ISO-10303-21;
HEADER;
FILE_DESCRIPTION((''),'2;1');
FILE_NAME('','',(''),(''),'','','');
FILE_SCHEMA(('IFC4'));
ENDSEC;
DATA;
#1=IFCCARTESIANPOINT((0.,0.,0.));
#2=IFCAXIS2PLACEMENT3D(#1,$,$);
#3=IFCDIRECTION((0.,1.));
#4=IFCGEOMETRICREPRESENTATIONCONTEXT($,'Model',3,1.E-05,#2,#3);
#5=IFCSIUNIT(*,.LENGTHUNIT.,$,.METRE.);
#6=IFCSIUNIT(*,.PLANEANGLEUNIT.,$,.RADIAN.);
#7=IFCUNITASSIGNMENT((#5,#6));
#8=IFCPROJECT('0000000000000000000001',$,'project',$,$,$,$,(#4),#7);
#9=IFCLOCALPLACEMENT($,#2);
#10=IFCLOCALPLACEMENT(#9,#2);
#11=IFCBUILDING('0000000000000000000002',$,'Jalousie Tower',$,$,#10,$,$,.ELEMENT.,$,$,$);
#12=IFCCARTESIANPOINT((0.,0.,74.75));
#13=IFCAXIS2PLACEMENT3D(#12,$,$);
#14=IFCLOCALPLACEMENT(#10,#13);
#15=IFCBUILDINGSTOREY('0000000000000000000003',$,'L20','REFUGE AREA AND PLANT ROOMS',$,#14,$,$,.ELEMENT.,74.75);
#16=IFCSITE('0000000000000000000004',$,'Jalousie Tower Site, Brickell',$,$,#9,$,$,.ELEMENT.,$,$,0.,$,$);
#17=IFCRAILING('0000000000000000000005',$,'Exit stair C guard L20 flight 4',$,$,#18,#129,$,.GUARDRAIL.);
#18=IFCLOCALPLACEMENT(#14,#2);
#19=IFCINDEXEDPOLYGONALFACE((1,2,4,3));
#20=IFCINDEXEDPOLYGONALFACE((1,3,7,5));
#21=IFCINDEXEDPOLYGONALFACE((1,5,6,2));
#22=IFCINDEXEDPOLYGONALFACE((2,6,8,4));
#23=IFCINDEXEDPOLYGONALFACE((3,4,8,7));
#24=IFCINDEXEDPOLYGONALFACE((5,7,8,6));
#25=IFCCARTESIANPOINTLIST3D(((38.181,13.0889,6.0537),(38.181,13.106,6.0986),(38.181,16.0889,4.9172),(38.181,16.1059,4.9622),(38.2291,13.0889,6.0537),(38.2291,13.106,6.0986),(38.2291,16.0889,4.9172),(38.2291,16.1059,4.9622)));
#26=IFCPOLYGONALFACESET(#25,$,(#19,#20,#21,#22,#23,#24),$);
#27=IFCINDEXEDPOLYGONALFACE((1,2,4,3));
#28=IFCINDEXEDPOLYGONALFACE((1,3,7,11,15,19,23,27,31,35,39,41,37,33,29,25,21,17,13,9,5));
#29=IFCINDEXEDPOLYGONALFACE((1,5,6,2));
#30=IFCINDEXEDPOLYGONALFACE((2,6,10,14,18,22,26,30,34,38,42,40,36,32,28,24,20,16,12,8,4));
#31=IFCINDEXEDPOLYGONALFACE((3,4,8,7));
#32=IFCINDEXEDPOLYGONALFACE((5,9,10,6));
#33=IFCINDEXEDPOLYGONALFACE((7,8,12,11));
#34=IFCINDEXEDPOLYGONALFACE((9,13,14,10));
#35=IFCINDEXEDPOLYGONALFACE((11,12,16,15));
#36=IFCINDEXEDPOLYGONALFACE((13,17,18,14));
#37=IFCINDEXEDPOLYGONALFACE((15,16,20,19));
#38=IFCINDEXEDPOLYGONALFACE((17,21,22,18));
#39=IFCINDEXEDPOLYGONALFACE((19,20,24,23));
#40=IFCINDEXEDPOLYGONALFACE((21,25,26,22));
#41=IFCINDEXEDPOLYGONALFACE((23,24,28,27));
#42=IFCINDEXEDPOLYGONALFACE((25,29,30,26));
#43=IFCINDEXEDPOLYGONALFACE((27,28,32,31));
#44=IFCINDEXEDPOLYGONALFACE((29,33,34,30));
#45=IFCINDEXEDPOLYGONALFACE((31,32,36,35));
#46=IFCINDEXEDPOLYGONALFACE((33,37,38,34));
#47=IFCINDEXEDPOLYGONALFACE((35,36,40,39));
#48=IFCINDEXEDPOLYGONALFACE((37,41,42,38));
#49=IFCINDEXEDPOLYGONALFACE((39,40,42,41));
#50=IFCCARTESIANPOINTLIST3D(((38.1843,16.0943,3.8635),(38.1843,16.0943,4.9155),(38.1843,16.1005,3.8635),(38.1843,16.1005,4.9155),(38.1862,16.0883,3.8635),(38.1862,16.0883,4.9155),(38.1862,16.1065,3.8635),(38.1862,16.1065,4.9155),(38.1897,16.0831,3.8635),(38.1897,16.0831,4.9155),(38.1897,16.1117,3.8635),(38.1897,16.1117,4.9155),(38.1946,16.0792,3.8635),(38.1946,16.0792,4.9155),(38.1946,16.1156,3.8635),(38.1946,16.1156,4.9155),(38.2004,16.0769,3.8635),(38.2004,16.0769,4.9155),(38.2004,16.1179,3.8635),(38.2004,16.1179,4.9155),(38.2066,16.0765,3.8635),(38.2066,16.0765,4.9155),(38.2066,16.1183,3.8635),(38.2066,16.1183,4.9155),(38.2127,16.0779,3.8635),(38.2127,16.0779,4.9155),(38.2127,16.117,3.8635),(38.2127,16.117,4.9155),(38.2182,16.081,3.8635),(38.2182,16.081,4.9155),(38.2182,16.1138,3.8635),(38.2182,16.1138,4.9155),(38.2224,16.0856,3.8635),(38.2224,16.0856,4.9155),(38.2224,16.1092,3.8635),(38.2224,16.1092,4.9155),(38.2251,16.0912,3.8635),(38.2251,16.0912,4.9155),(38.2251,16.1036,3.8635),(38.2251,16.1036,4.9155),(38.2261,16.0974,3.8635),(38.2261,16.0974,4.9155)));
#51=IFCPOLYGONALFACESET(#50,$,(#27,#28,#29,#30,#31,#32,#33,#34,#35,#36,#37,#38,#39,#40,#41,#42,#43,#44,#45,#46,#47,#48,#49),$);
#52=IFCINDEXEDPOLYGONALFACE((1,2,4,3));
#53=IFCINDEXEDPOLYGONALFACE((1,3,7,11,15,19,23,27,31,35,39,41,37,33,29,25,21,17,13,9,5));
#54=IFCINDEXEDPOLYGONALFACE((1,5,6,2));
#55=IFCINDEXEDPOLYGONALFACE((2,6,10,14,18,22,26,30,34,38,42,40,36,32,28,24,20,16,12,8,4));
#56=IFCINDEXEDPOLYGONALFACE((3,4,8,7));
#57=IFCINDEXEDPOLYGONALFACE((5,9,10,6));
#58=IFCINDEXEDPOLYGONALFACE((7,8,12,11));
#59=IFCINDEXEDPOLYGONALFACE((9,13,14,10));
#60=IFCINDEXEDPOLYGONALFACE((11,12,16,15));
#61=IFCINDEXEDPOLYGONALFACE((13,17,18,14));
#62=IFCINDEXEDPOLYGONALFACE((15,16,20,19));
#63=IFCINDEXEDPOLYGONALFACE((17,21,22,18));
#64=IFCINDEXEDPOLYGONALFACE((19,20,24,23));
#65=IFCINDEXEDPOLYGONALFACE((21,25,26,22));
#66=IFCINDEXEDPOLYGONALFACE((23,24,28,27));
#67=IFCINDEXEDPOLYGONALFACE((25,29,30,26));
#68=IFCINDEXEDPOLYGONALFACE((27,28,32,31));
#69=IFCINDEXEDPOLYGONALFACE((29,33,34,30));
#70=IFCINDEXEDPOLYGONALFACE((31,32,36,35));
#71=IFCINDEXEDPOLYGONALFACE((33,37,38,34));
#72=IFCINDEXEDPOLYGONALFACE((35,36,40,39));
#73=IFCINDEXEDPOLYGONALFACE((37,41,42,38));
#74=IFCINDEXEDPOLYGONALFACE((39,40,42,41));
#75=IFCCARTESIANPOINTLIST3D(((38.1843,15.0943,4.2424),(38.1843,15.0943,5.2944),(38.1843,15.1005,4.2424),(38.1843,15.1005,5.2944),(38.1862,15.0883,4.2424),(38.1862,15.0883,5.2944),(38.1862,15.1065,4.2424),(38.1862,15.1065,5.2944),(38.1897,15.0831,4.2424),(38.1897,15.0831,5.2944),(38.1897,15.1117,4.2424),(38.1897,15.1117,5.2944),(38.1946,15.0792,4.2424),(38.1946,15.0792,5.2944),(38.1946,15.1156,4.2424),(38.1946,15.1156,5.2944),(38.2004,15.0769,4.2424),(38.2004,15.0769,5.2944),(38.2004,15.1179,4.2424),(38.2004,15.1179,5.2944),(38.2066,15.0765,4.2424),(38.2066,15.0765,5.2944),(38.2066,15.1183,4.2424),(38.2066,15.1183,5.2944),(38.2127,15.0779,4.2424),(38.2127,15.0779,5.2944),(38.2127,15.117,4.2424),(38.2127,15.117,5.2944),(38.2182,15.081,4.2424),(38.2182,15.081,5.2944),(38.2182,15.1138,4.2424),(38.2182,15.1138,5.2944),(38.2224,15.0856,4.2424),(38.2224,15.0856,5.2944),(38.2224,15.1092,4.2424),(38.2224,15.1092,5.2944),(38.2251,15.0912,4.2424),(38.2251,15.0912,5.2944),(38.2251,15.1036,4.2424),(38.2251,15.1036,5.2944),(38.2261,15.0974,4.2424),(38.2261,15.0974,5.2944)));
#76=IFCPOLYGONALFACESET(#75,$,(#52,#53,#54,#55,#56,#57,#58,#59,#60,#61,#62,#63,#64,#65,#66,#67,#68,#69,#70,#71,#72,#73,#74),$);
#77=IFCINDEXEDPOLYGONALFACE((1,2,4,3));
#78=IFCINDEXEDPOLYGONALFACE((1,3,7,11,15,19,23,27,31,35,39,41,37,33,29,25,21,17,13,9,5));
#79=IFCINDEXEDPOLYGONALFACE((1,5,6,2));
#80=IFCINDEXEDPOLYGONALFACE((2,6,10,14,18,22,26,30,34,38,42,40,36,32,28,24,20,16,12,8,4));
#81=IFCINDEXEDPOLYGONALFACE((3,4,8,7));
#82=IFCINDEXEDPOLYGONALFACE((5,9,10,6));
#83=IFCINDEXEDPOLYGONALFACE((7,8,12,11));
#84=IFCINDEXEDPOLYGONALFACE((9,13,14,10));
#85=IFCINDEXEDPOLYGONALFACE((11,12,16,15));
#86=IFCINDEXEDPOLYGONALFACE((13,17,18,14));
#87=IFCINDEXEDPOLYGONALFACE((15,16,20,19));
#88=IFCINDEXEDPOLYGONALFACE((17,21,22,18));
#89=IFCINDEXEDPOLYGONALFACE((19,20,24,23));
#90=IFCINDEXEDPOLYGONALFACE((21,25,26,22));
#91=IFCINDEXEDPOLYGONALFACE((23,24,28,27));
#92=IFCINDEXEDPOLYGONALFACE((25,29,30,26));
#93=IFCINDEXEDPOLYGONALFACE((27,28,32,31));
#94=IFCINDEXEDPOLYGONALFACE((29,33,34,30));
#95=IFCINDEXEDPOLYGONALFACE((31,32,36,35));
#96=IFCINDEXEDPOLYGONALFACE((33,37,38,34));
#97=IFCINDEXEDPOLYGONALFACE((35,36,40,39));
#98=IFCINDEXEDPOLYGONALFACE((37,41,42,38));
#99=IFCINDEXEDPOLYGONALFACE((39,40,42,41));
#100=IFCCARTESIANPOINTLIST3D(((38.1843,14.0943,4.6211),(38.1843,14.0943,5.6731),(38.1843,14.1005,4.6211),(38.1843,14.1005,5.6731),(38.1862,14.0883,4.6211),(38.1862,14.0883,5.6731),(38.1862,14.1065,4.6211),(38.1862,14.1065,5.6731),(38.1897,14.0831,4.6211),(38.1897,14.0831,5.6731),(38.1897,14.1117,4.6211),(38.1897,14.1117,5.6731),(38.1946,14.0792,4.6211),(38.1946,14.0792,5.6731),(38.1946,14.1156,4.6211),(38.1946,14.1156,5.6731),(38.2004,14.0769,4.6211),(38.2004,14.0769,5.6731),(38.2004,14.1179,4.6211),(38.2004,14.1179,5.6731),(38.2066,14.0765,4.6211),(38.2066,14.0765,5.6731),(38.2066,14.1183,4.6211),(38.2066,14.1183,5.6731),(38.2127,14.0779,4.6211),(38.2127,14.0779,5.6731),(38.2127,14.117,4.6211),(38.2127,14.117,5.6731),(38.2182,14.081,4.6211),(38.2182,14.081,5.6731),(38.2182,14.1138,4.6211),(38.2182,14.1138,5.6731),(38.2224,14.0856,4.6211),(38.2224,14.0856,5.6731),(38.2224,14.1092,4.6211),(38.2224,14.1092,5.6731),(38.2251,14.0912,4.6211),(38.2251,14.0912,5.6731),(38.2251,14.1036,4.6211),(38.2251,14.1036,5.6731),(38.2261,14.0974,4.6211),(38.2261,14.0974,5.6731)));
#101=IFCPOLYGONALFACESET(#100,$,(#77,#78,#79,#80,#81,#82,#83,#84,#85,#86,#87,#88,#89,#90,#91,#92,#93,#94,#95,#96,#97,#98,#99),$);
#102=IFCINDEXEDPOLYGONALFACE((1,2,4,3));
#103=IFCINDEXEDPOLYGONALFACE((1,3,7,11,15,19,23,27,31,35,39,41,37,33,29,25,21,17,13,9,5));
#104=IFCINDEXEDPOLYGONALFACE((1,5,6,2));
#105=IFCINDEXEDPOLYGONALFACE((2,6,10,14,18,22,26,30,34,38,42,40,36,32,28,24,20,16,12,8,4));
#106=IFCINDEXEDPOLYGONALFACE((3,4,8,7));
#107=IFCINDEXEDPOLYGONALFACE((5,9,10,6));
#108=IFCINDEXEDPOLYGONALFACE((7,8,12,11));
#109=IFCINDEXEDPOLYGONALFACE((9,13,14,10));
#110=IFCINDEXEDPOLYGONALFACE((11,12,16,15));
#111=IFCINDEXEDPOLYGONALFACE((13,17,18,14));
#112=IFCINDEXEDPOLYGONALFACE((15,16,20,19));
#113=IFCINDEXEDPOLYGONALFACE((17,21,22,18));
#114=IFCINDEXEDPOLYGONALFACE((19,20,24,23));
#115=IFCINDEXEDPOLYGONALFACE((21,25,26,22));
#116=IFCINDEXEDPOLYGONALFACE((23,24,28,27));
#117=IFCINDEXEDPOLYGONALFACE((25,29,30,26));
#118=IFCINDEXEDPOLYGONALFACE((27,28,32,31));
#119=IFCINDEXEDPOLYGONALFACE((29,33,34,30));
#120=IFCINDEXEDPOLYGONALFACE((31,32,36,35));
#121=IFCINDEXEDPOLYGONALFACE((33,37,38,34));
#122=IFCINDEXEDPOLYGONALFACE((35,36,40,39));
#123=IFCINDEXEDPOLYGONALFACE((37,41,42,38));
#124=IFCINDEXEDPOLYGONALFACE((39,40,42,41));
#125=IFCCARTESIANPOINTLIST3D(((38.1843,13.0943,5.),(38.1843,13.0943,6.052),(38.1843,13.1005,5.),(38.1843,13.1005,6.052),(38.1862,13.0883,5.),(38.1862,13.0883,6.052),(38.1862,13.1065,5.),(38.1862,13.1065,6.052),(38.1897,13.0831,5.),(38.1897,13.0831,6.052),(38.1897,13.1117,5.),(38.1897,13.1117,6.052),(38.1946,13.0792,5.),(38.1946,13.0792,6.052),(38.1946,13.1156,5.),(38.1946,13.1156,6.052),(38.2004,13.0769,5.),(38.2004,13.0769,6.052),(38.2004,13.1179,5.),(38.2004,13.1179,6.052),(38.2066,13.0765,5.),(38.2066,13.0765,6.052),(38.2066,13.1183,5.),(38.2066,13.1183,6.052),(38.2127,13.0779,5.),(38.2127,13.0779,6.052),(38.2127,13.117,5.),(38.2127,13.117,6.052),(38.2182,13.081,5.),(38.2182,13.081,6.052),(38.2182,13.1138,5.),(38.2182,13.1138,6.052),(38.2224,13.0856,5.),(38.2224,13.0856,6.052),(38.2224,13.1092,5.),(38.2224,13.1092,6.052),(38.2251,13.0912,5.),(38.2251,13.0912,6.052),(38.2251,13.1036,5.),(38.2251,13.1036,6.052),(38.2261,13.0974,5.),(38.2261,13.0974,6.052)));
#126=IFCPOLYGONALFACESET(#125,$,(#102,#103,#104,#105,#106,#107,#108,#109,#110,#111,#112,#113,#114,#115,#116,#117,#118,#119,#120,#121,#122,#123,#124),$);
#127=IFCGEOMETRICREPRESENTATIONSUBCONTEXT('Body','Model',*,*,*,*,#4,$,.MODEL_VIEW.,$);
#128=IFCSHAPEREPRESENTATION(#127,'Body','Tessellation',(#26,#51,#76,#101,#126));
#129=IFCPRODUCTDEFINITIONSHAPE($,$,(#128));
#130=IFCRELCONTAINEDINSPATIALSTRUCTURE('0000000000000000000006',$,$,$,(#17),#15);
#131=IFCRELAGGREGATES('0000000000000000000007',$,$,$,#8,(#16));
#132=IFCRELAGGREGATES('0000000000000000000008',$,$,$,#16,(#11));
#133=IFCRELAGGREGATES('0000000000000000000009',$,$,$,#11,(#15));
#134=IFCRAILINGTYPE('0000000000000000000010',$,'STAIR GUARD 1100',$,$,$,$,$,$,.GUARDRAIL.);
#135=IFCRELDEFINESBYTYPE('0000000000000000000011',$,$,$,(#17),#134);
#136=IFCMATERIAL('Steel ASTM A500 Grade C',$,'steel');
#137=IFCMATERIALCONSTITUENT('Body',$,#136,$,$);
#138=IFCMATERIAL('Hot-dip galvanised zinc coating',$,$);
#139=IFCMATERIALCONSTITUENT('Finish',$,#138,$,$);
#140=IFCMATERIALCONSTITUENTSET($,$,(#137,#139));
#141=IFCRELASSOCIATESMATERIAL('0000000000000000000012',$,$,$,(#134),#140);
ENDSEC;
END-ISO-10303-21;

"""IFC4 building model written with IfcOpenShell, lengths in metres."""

from ifc_helpers import new_model, si_unit, direction, frame, origin, origin_2d, place, context, subcontext, project, spatial, rectangle, circle, extrude, material, constituent, constituent_set, type_object, element, save


model = new_model("IFC4")

# Units and contexts
model_context = context("Model", 3, precision=1e-05, world=origin(), true_north=direction((0.0, 1.0)))
body_context = subcontext(model_context, "Body", "Model", "MODEL_VIEW")
ifc_project = project(units=[si_unit("LENGTHUNIT", "METRE"), si_unit("PLANEANGLEUNIT", "RADIAN")], contexts=[model_context])

# Site, building, storey
site_placement = place(None, origin())
site = spatial("IfcSite", under=ifc_project, at=site_placement, Name="Jalousie Tower Site, Brickell", CompositionType="ELEMENT", RefElevation=0.0)
building_placement = place(site_placement, origin())
building = spatial("IfcBuilding", under=site, at=building_placement, Name="Jalousie Tower", CompositionType="ELEMENT")
storey_placement = place(building_placement, frame((0.0, 0.0, 74.75)))
storey = spatial("IfcBuildingStorey", under=building, at=storey_placement, Name="L20", Description="REFUGE AREA AND PLANT ROOMS", CompositionType="ELEMENT", Elevation=74.75)

# Railing
ifc_material_1 = material(Name="Steel ASTM A500 Grade C", Category="steel")
ifc_constituent_1 = constituent(ifc_material_1, Name="Body")
ifc_material_2 = material(Name="Hot-dip galvanised zinc coating")
ifc_constituent_2 = constituent(ifc_material_2, Name="Finish")
ifc_constituent_set_1 = constituent_set(constituents=[ifc_constituent_1, ifc_constituent_2])
railing_type_1 = type_object("IfcRailingType", Name="STAIR GUARD 1100", PredefinedType="GUARDRAIL", material=ifc_constituent_set_1)
for number, where, name in (
    (1, (38.2051, 16.0974, 3.8635), "Exit stair C guard L20 flight 4"),
):
    element("IfcRailing", number, at=place(storey_placement, frame(where)), inside=storey, type_object=railing_type_1, Name=name, PredefinedType="GUARDRAIL", context=body_context, shape_type="SweptSolid", body=[
        extrude(rectangle(XDim=0.0481, YDim=0.0481, at=origin_2d()), frame((0.0, 0.0, 1.0762), z_axis=(0.0, -0.935148, 0.354257), x_axis=(1.0, 0.0, 0.0)), (0.0, 0.0, 1.0), 3.208),
        extrude(circle(Radius=0.021, at=origin_2d()), origin(), (0.0, 0.0, 1.0), 1.052),
        extrude(circle(Radius=0.021, at=origin_2d()), frame((0.0, -1.0, 0.3789)), (0.0, 0.0, 1.0), 1.052),
        extrude(circle(Radius=0.021, at=origin_2d()), frame((0.0, -2.0, 0.7576)), (0.0, 0.0, 1.0), 1.052),
        extrude(circle(Radius=0.021, at=origin_2d()), frame((0.0, -3.0, 1.1365)), (0.0, 0.0, 1.0), 1.052),
    ])

save(model, "model.ifc")
